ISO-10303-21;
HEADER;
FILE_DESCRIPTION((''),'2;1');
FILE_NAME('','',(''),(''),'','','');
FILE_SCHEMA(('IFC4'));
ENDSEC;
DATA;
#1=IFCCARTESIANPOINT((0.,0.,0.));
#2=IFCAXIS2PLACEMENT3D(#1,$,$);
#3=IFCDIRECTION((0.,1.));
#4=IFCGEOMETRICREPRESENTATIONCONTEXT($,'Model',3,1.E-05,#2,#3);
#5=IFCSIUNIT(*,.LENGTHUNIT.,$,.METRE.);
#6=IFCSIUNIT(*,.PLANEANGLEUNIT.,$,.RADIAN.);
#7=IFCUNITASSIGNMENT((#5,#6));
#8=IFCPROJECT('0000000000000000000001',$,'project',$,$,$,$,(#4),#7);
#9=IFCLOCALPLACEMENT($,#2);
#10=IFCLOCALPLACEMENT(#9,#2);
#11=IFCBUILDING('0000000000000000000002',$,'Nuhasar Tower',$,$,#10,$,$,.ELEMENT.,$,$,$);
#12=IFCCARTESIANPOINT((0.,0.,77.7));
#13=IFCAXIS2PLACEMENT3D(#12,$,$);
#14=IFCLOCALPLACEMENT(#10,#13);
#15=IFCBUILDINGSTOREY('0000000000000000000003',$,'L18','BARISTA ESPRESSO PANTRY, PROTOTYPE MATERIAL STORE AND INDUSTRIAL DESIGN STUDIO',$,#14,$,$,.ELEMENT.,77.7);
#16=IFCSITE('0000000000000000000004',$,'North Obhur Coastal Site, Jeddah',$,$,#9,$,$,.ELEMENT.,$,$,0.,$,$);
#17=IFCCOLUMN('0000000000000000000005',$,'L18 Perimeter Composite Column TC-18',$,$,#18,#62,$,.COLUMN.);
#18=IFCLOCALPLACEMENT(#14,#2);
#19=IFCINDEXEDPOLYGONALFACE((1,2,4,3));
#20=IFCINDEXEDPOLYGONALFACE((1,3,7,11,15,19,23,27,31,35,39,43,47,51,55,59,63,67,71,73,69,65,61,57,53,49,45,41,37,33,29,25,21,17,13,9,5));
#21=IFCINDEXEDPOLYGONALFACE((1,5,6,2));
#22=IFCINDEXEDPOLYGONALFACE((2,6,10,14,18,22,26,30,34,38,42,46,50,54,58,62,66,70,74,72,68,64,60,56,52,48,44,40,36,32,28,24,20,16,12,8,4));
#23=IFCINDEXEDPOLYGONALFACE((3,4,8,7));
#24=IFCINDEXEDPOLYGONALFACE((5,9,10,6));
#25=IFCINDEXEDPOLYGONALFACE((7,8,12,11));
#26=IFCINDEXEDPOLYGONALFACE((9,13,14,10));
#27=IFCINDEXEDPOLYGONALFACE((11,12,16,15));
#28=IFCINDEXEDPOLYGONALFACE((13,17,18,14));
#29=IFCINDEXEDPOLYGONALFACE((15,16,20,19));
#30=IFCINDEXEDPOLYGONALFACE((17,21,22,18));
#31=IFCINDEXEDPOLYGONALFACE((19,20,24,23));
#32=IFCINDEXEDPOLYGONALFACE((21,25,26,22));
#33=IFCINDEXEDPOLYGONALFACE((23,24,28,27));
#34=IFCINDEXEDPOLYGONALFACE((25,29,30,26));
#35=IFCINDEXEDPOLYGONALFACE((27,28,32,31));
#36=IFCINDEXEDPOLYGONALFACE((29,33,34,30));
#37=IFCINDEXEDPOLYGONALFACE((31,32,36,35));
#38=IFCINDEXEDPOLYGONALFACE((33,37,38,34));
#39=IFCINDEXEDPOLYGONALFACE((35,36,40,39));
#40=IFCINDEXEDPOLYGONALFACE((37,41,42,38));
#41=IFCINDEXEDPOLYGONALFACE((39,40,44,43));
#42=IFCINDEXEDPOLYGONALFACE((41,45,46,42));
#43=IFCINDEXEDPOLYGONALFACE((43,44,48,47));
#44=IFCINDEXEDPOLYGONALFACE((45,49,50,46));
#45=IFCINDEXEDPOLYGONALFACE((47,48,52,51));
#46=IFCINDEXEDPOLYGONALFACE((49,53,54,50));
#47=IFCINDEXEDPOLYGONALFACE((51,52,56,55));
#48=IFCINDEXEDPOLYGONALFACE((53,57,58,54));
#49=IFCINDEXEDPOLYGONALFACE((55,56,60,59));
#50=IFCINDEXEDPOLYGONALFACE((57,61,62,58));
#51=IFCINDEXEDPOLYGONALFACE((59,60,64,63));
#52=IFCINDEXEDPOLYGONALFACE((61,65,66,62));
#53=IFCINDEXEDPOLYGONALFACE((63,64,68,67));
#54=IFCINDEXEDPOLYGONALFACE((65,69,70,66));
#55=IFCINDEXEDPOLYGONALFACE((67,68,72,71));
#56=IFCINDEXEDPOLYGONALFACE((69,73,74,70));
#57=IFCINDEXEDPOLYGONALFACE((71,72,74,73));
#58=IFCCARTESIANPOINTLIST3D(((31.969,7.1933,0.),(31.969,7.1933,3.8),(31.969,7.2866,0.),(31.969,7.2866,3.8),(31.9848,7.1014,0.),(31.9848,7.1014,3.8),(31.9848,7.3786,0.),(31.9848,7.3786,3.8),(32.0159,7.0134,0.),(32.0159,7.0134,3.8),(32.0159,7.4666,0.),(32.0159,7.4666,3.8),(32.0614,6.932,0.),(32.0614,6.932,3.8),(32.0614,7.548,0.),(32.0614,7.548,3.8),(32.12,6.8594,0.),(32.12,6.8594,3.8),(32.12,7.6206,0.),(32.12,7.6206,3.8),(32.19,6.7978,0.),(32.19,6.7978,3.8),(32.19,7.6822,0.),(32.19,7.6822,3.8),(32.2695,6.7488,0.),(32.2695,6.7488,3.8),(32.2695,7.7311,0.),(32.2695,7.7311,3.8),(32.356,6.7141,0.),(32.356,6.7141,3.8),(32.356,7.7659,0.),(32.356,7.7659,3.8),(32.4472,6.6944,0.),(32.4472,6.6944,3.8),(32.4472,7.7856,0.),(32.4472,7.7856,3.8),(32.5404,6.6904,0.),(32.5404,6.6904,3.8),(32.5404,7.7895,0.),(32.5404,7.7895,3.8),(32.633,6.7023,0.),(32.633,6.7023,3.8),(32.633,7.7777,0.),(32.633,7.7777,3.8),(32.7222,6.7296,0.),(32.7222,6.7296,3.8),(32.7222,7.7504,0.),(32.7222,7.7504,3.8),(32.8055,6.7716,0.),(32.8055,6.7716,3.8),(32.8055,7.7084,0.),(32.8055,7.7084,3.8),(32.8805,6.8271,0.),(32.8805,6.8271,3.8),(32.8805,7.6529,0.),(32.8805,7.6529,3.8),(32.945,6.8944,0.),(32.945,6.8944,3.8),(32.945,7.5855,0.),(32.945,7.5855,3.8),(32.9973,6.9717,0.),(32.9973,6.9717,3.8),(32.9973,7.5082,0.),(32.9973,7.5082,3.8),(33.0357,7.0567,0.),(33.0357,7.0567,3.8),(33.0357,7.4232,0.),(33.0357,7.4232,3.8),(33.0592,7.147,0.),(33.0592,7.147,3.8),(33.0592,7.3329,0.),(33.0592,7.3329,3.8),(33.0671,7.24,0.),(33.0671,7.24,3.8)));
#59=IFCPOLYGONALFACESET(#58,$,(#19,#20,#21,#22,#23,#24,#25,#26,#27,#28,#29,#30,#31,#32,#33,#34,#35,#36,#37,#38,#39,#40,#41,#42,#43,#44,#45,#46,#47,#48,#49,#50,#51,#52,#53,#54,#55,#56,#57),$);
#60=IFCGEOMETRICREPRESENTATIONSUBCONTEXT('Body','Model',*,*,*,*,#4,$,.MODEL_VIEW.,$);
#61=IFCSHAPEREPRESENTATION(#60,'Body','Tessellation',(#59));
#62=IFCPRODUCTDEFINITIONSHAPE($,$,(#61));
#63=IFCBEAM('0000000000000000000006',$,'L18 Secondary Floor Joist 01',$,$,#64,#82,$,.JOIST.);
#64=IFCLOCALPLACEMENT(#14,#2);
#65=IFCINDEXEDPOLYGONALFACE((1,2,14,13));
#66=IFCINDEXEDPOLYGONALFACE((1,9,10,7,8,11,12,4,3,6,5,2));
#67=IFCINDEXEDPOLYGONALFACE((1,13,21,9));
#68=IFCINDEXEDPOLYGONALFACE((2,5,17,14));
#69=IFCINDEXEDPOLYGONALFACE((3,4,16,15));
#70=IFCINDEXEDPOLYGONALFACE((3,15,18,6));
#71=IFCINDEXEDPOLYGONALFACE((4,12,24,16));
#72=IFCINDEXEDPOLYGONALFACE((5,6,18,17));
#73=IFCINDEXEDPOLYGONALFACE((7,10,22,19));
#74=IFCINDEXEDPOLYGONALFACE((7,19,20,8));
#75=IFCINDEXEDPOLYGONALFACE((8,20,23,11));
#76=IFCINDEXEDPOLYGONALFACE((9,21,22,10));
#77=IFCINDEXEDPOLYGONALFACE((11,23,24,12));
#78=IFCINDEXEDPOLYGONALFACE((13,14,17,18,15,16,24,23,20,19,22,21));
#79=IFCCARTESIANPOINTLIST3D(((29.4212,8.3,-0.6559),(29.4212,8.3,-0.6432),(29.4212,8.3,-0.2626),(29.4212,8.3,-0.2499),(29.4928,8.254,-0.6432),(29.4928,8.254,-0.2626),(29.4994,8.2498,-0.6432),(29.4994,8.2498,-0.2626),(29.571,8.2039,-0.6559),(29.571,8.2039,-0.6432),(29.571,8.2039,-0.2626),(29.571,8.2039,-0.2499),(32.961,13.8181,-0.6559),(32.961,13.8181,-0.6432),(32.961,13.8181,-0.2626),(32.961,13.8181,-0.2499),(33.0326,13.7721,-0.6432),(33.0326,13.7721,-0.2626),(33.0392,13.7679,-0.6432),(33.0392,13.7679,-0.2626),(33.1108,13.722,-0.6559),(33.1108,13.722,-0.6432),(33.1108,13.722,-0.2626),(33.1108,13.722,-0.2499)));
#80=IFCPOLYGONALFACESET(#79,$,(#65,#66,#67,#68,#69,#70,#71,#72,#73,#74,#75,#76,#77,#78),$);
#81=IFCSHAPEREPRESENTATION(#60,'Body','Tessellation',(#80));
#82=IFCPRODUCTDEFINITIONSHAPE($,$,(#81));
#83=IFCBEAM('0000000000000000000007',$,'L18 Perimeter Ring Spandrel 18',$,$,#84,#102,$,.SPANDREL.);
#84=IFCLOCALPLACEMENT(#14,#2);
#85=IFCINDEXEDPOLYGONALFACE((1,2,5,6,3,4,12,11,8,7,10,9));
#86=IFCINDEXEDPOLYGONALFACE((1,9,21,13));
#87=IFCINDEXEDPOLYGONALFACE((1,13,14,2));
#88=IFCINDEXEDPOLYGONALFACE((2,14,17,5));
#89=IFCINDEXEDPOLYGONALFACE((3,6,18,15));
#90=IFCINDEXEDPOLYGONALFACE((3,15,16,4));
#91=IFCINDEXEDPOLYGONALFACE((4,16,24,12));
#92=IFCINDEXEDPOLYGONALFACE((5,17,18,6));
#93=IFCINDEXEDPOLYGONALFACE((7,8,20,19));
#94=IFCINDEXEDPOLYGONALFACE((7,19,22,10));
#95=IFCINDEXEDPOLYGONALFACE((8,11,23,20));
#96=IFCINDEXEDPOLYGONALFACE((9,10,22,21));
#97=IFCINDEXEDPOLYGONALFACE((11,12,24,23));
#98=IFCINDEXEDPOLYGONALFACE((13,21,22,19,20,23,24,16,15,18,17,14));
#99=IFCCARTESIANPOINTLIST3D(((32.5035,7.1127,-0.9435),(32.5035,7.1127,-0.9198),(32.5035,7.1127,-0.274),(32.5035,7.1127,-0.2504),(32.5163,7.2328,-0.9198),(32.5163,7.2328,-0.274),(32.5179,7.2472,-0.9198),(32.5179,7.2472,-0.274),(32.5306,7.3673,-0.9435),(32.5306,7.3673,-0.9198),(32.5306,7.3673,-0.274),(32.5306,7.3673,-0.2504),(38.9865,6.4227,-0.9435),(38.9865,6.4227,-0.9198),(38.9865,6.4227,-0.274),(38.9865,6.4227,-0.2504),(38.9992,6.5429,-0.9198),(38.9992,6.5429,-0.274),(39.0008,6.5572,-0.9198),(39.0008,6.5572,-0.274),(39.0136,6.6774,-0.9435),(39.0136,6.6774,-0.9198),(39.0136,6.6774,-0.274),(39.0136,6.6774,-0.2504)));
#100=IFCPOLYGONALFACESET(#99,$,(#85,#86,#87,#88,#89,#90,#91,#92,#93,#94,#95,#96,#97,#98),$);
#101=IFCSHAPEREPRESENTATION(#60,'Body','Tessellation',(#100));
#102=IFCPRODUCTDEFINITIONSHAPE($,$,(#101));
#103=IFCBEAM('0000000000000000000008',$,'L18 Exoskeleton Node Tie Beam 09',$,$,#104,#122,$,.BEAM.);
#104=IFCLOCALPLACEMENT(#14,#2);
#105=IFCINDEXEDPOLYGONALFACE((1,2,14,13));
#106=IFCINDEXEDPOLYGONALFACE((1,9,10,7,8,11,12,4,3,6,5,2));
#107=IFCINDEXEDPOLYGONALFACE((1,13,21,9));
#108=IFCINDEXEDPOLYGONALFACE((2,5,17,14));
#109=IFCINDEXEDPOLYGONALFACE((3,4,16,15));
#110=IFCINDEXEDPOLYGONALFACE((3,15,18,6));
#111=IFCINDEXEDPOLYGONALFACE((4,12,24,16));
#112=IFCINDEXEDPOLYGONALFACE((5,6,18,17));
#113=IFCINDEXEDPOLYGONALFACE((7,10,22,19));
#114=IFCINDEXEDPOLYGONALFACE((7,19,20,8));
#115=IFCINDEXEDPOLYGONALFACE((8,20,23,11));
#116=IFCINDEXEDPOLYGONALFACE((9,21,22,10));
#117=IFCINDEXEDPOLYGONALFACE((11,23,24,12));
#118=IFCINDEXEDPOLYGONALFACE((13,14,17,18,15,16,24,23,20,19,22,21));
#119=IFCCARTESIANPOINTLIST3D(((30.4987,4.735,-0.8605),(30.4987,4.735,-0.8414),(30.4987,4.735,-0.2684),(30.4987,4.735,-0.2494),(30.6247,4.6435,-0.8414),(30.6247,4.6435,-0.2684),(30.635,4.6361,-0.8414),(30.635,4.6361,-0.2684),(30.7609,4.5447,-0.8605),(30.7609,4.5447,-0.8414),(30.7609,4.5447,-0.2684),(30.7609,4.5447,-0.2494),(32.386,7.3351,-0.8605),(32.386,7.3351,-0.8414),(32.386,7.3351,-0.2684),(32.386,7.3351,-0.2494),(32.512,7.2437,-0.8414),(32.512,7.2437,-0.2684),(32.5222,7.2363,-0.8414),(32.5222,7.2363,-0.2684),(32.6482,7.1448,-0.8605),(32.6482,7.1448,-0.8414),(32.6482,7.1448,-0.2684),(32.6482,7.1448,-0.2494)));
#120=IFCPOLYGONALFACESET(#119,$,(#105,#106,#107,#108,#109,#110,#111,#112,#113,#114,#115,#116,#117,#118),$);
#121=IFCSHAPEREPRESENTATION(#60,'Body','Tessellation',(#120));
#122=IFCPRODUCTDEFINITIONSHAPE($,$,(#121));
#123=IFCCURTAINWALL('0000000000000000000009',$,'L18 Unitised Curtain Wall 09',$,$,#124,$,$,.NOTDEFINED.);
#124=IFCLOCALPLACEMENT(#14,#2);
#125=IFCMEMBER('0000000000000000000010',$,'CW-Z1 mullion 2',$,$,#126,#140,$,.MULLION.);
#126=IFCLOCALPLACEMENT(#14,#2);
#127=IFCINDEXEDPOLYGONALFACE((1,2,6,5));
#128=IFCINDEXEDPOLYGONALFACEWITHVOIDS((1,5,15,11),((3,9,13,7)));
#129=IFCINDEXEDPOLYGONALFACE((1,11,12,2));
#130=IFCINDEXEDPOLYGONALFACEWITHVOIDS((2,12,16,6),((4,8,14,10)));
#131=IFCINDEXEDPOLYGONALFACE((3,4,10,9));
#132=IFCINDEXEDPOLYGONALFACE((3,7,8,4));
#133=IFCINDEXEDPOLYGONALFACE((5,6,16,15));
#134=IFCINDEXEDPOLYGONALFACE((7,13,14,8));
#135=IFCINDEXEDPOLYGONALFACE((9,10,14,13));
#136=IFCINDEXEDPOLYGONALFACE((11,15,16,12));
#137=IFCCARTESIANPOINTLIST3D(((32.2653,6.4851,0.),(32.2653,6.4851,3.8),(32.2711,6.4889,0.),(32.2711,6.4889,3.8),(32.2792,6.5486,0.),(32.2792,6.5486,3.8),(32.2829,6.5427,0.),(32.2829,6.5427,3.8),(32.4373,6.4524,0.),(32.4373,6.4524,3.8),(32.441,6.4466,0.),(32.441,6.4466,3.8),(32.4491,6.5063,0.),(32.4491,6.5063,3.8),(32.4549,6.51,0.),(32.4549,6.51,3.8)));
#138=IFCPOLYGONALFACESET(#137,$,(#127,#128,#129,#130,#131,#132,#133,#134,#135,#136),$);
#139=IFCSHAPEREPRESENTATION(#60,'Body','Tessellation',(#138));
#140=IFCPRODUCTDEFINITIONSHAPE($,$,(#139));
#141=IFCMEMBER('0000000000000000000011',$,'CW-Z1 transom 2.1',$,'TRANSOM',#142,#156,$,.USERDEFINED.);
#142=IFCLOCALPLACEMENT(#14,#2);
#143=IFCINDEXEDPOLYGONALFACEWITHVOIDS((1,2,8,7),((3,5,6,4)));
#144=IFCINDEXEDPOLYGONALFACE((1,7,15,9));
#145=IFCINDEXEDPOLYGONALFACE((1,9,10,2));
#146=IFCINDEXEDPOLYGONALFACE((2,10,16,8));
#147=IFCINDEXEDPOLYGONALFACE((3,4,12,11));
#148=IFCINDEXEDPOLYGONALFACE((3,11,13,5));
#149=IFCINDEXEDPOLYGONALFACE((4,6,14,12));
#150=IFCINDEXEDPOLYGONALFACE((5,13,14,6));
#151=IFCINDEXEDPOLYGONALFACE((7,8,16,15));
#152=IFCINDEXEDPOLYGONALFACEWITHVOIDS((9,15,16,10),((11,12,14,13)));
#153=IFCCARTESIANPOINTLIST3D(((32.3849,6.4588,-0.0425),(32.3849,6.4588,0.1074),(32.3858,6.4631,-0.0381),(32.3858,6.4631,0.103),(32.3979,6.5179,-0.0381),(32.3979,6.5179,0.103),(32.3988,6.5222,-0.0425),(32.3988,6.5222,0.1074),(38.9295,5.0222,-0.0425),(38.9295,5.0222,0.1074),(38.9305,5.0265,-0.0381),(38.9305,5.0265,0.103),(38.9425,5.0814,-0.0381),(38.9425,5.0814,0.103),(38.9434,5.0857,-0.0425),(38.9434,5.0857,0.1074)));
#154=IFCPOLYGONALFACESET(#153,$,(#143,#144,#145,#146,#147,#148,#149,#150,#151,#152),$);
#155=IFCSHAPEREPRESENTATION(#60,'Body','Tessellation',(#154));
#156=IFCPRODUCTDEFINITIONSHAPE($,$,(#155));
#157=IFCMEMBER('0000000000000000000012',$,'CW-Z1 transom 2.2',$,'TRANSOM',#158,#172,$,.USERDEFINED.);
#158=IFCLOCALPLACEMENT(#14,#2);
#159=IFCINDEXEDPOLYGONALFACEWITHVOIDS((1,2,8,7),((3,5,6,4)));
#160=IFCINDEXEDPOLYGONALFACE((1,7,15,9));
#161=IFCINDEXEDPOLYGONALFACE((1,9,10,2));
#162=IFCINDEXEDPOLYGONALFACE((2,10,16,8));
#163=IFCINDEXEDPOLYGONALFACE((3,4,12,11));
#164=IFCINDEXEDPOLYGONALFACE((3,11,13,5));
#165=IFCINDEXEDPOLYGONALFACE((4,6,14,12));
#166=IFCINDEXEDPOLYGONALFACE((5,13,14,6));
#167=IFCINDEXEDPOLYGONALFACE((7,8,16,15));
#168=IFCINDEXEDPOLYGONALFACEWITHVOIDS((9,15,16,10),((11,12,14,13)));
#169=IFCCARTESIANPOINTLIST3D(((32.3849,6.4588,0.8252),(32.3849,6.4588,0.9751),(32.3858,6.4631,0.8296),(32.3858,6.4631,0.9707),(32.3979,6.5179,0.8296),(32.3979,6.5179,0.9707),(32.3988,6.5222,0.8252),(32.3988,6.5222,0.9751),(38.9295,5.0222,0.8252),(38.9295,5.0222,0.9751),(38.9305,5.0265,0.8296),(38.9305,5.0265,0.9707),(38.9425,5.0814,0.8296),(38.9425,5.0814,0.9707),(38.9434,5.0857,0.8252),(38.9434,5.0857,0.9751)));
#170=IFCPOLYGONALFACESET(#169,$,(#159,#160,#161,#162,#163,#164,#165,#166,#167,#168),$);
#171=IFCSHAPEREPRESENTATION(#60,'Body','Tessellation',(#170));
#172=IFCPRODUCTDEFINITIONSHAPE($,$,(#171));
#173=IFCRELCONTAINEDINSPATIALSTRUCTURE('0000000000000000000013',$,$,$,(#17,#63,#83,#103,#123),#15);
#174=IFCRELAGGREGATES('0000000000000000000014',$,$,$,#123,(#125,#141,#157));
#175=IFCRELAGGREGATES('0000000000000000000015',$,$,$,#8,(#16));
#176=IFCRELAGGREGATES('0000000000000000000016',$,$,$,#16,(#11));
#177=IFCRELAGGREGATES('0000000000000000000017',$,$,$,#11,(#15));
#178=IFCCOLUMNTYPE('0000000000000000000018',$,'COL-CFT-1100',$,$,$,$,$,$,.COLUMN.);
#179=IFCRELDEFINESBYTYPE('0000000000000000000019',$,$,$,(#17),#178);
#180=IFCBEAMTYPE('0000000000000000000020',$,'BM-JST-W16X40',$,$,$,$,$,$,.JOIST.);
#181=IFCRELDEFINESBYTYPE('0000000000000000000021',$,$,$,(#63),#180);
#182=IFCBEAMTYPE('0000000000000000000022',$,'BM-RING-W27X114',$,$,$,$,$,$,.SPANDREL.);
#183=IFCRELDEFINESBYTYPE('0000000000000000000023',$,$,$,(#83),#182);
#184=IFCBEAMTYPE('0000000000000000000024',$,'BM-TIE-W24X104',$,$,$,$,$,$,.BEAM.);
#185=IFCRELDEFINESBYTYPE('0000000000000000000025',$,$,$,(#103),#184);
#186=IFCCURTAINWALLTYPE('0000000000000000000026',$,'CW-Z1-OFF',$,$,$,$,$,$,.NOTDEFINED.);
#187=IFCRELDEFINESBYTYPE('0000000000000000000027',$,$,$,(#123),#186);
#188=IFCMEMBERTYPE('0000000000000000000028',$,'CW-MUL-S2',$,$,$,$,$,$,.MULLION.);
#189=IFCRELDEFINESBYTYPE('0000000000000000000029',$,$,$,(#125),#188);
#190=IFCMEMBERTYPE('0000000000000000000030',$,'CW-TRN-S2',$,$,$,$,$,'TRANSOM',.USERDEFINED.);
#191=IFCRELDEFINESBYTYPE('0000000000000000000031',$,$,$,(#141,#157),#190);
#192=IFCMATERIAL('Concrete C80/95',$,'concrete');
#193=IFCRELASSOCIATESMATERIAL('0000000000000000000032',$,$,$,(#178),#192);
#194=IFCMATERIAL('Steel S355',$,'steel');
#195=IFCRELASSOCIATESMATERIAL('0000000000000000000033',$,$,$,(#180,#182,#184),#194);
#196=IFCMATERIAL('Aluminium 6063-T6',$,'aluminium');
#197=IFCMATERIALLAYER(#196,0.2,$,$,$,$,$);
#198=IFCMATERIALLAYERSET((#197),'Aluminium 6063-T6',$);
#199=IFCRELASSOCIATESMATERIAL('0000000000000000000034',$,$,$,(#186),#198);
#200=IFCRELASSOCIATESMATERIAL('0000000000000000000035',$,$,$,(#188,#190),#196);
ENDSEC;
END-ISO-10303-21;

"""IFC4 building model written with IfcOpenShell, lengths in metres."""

from ifc_helpers import new_model, si_unit, direction, frame, origin, origin_2d, place, context, subcontext, project, spatial, hollow_rectangle, circle, i_section, extrude, material, layer, layer_set, material_profile, profile_set, type_object, element, aggregate, save


model = new_model("IFC4")

# Units and contexts
model_context = context("Model", 3, precision=1e-05, world=origin(), true_north=direction((0.0, 1.0)))
body_context = subcontext(model_context, "Body", "Model", "MODEL_VIEW")
ifc_project = project(units=[si_unit("LENGTHUNIT", "METRE"), si_unit("PLANEANGLEUNIT", "RADIAN")], contexts=[model_context])

# Site, building, storey
site_placement = place(None, origin())
site = spatial("IfcSite", under=ifc_project, at=site_placement, Name="North Obhur Coastal Site, Jeddah", CompositionType="ELEMENT", RefElevation=0.0)
building_placement = place(site_placement, origin())
building = spatial("IfcBuilding", under=site, at=building_placement, Name="Nuhasar Tower", CompositionType="ELEMENT")
storey_placement = place(building_placement, frame((0.0, 0.0, 77.7)))
storey = spatial("IfcBuildingStorey", under=building, at=storey_placement, Name="L18", Description="BARISTA ESPRESSO PANTRY, PROTOTYPE MATERIAL STORE AND INDUSTRIAL DESIGN STUDIO", CompositionType="ELEMENT", Elevation=77.7)

# Column
ifc_material_1 = material(Name="Concrete C80/95", Category="concrete")
ifc_material_profile_1 = material_profile(ifc_material_1, circle(Radius=0.55, at=origin_2d()), Name="CFT1100")
ifc_profile_set_1 = profile_set([ifc_material_profile_1], Name="Concrete C80/95")
column_type = type_object("IfcColumnType", Name="COL-CFT-1100", PredefinedType="COLUMN", material=ifc_profile_set_1)
column_placement = place(storey_placement, frame((32.5171, 7.24, 0.0), z_axis=(0.0, 0.0, 1.0), x_axis=(1.0, 0.0, 0.0)))
element("IfcColumn", 1, at=column_placement, inside=storey, type_object=column_type, Name="L18 Perimeter Composite Column TC-18", PredefinedType="COLUMN", context=body_context, shape_type="SweptSolid", body=[
    extrude(circle(Radius=0.55, at=origin_2d()), origin(), (0.0, 0.0, 1.0), 3.8),
])

# Beams
ifc_material_2 = material(Name="Steel S355", Category="steel")
ifc_material_profile_2 = material_profile(ifc_material_2, i_section(OverallWidth=0.178, OverallDepth=0.406, WebThickness=0.0078, FlangeThickness=0.0127, at=origin_2d()), Name="W16X40")
ifc_profile_set_2 = profile_set([ifc_material_profile_2], Name="Steel S355")
beam_type_1 = type_object("IfcBeamType", Name="BM-JST-W16X40", PredefinedType="JOIST", material=ifc_profile_set_2)
beam_1_placement = place(storey_placement, frame((33.0359, 13.77, -0.4529), z_axis=(-0.539944, -0.841701, 0.0), x_axis=(0.841701, -0.539944, 0.0)))
element("IfcBeam", 2, at=beam_1_placement, inside=storey, type_object=beam_type_1, Name="L18 Secondary Floor Joist 01", PredefinedType="JOIST", context=body_context, shape_type="SweptSolid", body=[
    extrude(i_section(OverallWidth=0.178, OverallDepth=0.406, WebThickness=0.0078, FlangeThickness=0.0127, at=origin_2d()), origin(), (0.0, 0.0, 1.0), 6.5559),
])
ifc_material_profile_3 = material_profile(ifc_material_2, i_section(OverallWidth=0.2561, OverallDepth=0.6931, WebThickness=0.0144, FlangeThickness=0.0237, at=origin_2d()), Name="W27X114")
ifc_profile_set_3 = profile_set([ifc_material_profile_3], Name="Steel S355")
beam_type_2 = type_object("IfcBeamType", Name="BM-RING-W27X114", PredefinedType="SPANDREL", material=ifc_profile_set_3)
beam_2_placement = place(storey_placement, frame((32.5171, 7.24, -0.5969), z_axis=(0.994385, -0.105827, 0.0), x_axis=(0.105827, 0.994385, 0.0)))
element("IfcBeam", 3, at=beam_2_placement, inside=storey, type_object=beam_type_2, Name="L18 Perimeter Ring Spandrel 18", PredefinedType="SPANDREL", context=body_context, shape_type="SweptSolid", body=[
    extrude(i_section(OverallWidth=0.2561, OverallDepth=0.6931, WebThickness=0.0144, FlangeThickness=0.0237, at=origin_2d()), origin(), (0.0, 0.0, 1.0), 6.5195),
])
ifc_material_profile_4 = material_profile(ifc_material_2, i_section(OverallWidth=0.324, OverallDepth=0.6111, WebThickness=0.0127, FlangeThickness=0.019, at=origin_2d()), Name="W24X104")
ifc_profile_set_4 = profile_set([ifc_material_profile_4], Name="Steel S355")
beam_type_3 = type_object("IfcBeamType", Name="BM-TIE-W24X104", PredefinedType="BEAM", material=ifc_profile_set_4)
beam_3_placement = place(storey_placement, frame((32.5171, 7.24, -0.5549), z_axis=(-0.587403, -0.809294, 0.0), x_axis=(0.809294, -0.587403, 0.0)))
element("IfcBeam", 4, at=beam_3_placement, inside=storey, type_object=beam_type_3, Name="L18 Exoskeleton Node Tie Beam 09", PredefinedType="BEAM", context=body_context, shape_type="SweptSolid", body=[
    extrude(i_section(OverallWidth=0.324, OverallDepth=0.6111, WebThickness=0.0127, FlangeThickness=0.019, at=origin_2d()), origin(), (0.0, 0.0, 1.0), 3.2129),
])

# Curtain wall, members
ifc_material_3 = material(Name="Aluminium 6063-T6", Category="aluminium")
ifc_layer_1 = layer(ifc_material_3, 0.2)
ifc_layer_set_1 = layer_set([ifc_layer_1], Name="Aluminium 6063-T6")
curtain_wall_type = type_object("IfcCurtainWallType", Name="CW-Z1-OFF", PredefinedType="NOTDEFINED", material=ifc_layer_set_1)
curtain_wall_placement = place(storey_placement, origin())
curtain_wall = element("IfcCurtainWall", 5, at=curtain_wall_placement, inside=storey, type_object=curtain_wall_type, Name="L18 Unitised Curtain Wall 09", PredefinedType="NOTDEFINED")
ifc_material_profile_5 = material_profile(ifc_material_3, hollow_rectangle(XDim=0.0649, YDim=0.1799, WallThickness=0.0049, at=origin_2d()), Name="CWM-2")
ifc_profile_set_5 = profile_set([ifc_material_profile_5], Name="Aluminium 6063-T6")
member_type_1 = type_object("IfcMemberType", Name="CW-MUL-S2", PredefinedType="MULLION", material=ifc_profile_set_5)
member_1_placement = place(storey_placement, frame((32.3601, 6.4976, 0.0), z_axis=(0.0, 0.0, 1.0), x_axis=(0.214399, 0.976746, 0.0)))
member_1 = element("IfcMember", 6, at=member_1_placement, type_object=member_type_1, Name="CW-Z1 mullion 2", PredefinedType="MULLION", context=body_context, shape_type="SweptSolid", body=[
    extrude(hollow_rectangle(XDim=0.0649, YDim=0.1799, WallThickness=0.0049, at=origin_2d()), origin(), (0.0, 0.0, 1.0), 3.8),
])
ifc_material_profile_6 = material_profile(ifc_material_3, hollow_rectangle(XDim=0.0649, YDim=0.1499, WallThickness=0.0044, at=origin_2d()), Name="CWT-2")
ifc_profile_set_6 = profile_set([ifc_material_profile_6], Name="Aluminium 6063-T6")
member_type_2 = type_object("IfcMemberType", Name="CW-TRN-S2", ElementType="TRANSOM", PredefinedType="USERDEFINED", material=ifc_profile_set_6)
member_2_placement = place(storey_placement, frame((32.3918, 6.4905, 0.0325), z_axis=(0.976748, -0.214391, 0.0), x_axis=(0.214391, 0.976748, 0.0)))
member_2 = element("IfcMember", 7, at=member_2_placement, type_object=member_type_2, Name="CW-Z1 transom 2.1", ObjectType="TRANSOM", PredefinedType="USERDEFINED", context=body_context, shape_type="SweptSolid", body=[
    extrude(hollow_rectangle(XDim=0.0649, YDim=0.1499, WallThickness=0.0044, at=origin_2d()), origin(), (0.0, 0.0, 1.0), 6.7004),
])
member_3_placement = place(storey_placement, frame((32.3918, 6.4905, 0.9001), z_axis=(0.976748, -0.214391, 0.0), x_axis=(0.214391, 0.976748, 0.0)))
member_3 = element("IfcMember", 8, at=member_3_placement, type_object=member_type_2, Name="CW-Z1 transom 2.2", ObjectType="TRANSOM", PredefinedType="USERDEFINED", context=body_context, shape_type="SweptSolid", body=[
    extrude(hollow_rectangle(XDim=0.0649, YDim=0.1499, WallThickness=0.0044, at=origin_2d()), origin(), (0.0, 0.0, 1.0), 6.7004),
])

aggregate(curtain_wall, [member_1, member_2, member_3])

save(model, "model.ifc")
